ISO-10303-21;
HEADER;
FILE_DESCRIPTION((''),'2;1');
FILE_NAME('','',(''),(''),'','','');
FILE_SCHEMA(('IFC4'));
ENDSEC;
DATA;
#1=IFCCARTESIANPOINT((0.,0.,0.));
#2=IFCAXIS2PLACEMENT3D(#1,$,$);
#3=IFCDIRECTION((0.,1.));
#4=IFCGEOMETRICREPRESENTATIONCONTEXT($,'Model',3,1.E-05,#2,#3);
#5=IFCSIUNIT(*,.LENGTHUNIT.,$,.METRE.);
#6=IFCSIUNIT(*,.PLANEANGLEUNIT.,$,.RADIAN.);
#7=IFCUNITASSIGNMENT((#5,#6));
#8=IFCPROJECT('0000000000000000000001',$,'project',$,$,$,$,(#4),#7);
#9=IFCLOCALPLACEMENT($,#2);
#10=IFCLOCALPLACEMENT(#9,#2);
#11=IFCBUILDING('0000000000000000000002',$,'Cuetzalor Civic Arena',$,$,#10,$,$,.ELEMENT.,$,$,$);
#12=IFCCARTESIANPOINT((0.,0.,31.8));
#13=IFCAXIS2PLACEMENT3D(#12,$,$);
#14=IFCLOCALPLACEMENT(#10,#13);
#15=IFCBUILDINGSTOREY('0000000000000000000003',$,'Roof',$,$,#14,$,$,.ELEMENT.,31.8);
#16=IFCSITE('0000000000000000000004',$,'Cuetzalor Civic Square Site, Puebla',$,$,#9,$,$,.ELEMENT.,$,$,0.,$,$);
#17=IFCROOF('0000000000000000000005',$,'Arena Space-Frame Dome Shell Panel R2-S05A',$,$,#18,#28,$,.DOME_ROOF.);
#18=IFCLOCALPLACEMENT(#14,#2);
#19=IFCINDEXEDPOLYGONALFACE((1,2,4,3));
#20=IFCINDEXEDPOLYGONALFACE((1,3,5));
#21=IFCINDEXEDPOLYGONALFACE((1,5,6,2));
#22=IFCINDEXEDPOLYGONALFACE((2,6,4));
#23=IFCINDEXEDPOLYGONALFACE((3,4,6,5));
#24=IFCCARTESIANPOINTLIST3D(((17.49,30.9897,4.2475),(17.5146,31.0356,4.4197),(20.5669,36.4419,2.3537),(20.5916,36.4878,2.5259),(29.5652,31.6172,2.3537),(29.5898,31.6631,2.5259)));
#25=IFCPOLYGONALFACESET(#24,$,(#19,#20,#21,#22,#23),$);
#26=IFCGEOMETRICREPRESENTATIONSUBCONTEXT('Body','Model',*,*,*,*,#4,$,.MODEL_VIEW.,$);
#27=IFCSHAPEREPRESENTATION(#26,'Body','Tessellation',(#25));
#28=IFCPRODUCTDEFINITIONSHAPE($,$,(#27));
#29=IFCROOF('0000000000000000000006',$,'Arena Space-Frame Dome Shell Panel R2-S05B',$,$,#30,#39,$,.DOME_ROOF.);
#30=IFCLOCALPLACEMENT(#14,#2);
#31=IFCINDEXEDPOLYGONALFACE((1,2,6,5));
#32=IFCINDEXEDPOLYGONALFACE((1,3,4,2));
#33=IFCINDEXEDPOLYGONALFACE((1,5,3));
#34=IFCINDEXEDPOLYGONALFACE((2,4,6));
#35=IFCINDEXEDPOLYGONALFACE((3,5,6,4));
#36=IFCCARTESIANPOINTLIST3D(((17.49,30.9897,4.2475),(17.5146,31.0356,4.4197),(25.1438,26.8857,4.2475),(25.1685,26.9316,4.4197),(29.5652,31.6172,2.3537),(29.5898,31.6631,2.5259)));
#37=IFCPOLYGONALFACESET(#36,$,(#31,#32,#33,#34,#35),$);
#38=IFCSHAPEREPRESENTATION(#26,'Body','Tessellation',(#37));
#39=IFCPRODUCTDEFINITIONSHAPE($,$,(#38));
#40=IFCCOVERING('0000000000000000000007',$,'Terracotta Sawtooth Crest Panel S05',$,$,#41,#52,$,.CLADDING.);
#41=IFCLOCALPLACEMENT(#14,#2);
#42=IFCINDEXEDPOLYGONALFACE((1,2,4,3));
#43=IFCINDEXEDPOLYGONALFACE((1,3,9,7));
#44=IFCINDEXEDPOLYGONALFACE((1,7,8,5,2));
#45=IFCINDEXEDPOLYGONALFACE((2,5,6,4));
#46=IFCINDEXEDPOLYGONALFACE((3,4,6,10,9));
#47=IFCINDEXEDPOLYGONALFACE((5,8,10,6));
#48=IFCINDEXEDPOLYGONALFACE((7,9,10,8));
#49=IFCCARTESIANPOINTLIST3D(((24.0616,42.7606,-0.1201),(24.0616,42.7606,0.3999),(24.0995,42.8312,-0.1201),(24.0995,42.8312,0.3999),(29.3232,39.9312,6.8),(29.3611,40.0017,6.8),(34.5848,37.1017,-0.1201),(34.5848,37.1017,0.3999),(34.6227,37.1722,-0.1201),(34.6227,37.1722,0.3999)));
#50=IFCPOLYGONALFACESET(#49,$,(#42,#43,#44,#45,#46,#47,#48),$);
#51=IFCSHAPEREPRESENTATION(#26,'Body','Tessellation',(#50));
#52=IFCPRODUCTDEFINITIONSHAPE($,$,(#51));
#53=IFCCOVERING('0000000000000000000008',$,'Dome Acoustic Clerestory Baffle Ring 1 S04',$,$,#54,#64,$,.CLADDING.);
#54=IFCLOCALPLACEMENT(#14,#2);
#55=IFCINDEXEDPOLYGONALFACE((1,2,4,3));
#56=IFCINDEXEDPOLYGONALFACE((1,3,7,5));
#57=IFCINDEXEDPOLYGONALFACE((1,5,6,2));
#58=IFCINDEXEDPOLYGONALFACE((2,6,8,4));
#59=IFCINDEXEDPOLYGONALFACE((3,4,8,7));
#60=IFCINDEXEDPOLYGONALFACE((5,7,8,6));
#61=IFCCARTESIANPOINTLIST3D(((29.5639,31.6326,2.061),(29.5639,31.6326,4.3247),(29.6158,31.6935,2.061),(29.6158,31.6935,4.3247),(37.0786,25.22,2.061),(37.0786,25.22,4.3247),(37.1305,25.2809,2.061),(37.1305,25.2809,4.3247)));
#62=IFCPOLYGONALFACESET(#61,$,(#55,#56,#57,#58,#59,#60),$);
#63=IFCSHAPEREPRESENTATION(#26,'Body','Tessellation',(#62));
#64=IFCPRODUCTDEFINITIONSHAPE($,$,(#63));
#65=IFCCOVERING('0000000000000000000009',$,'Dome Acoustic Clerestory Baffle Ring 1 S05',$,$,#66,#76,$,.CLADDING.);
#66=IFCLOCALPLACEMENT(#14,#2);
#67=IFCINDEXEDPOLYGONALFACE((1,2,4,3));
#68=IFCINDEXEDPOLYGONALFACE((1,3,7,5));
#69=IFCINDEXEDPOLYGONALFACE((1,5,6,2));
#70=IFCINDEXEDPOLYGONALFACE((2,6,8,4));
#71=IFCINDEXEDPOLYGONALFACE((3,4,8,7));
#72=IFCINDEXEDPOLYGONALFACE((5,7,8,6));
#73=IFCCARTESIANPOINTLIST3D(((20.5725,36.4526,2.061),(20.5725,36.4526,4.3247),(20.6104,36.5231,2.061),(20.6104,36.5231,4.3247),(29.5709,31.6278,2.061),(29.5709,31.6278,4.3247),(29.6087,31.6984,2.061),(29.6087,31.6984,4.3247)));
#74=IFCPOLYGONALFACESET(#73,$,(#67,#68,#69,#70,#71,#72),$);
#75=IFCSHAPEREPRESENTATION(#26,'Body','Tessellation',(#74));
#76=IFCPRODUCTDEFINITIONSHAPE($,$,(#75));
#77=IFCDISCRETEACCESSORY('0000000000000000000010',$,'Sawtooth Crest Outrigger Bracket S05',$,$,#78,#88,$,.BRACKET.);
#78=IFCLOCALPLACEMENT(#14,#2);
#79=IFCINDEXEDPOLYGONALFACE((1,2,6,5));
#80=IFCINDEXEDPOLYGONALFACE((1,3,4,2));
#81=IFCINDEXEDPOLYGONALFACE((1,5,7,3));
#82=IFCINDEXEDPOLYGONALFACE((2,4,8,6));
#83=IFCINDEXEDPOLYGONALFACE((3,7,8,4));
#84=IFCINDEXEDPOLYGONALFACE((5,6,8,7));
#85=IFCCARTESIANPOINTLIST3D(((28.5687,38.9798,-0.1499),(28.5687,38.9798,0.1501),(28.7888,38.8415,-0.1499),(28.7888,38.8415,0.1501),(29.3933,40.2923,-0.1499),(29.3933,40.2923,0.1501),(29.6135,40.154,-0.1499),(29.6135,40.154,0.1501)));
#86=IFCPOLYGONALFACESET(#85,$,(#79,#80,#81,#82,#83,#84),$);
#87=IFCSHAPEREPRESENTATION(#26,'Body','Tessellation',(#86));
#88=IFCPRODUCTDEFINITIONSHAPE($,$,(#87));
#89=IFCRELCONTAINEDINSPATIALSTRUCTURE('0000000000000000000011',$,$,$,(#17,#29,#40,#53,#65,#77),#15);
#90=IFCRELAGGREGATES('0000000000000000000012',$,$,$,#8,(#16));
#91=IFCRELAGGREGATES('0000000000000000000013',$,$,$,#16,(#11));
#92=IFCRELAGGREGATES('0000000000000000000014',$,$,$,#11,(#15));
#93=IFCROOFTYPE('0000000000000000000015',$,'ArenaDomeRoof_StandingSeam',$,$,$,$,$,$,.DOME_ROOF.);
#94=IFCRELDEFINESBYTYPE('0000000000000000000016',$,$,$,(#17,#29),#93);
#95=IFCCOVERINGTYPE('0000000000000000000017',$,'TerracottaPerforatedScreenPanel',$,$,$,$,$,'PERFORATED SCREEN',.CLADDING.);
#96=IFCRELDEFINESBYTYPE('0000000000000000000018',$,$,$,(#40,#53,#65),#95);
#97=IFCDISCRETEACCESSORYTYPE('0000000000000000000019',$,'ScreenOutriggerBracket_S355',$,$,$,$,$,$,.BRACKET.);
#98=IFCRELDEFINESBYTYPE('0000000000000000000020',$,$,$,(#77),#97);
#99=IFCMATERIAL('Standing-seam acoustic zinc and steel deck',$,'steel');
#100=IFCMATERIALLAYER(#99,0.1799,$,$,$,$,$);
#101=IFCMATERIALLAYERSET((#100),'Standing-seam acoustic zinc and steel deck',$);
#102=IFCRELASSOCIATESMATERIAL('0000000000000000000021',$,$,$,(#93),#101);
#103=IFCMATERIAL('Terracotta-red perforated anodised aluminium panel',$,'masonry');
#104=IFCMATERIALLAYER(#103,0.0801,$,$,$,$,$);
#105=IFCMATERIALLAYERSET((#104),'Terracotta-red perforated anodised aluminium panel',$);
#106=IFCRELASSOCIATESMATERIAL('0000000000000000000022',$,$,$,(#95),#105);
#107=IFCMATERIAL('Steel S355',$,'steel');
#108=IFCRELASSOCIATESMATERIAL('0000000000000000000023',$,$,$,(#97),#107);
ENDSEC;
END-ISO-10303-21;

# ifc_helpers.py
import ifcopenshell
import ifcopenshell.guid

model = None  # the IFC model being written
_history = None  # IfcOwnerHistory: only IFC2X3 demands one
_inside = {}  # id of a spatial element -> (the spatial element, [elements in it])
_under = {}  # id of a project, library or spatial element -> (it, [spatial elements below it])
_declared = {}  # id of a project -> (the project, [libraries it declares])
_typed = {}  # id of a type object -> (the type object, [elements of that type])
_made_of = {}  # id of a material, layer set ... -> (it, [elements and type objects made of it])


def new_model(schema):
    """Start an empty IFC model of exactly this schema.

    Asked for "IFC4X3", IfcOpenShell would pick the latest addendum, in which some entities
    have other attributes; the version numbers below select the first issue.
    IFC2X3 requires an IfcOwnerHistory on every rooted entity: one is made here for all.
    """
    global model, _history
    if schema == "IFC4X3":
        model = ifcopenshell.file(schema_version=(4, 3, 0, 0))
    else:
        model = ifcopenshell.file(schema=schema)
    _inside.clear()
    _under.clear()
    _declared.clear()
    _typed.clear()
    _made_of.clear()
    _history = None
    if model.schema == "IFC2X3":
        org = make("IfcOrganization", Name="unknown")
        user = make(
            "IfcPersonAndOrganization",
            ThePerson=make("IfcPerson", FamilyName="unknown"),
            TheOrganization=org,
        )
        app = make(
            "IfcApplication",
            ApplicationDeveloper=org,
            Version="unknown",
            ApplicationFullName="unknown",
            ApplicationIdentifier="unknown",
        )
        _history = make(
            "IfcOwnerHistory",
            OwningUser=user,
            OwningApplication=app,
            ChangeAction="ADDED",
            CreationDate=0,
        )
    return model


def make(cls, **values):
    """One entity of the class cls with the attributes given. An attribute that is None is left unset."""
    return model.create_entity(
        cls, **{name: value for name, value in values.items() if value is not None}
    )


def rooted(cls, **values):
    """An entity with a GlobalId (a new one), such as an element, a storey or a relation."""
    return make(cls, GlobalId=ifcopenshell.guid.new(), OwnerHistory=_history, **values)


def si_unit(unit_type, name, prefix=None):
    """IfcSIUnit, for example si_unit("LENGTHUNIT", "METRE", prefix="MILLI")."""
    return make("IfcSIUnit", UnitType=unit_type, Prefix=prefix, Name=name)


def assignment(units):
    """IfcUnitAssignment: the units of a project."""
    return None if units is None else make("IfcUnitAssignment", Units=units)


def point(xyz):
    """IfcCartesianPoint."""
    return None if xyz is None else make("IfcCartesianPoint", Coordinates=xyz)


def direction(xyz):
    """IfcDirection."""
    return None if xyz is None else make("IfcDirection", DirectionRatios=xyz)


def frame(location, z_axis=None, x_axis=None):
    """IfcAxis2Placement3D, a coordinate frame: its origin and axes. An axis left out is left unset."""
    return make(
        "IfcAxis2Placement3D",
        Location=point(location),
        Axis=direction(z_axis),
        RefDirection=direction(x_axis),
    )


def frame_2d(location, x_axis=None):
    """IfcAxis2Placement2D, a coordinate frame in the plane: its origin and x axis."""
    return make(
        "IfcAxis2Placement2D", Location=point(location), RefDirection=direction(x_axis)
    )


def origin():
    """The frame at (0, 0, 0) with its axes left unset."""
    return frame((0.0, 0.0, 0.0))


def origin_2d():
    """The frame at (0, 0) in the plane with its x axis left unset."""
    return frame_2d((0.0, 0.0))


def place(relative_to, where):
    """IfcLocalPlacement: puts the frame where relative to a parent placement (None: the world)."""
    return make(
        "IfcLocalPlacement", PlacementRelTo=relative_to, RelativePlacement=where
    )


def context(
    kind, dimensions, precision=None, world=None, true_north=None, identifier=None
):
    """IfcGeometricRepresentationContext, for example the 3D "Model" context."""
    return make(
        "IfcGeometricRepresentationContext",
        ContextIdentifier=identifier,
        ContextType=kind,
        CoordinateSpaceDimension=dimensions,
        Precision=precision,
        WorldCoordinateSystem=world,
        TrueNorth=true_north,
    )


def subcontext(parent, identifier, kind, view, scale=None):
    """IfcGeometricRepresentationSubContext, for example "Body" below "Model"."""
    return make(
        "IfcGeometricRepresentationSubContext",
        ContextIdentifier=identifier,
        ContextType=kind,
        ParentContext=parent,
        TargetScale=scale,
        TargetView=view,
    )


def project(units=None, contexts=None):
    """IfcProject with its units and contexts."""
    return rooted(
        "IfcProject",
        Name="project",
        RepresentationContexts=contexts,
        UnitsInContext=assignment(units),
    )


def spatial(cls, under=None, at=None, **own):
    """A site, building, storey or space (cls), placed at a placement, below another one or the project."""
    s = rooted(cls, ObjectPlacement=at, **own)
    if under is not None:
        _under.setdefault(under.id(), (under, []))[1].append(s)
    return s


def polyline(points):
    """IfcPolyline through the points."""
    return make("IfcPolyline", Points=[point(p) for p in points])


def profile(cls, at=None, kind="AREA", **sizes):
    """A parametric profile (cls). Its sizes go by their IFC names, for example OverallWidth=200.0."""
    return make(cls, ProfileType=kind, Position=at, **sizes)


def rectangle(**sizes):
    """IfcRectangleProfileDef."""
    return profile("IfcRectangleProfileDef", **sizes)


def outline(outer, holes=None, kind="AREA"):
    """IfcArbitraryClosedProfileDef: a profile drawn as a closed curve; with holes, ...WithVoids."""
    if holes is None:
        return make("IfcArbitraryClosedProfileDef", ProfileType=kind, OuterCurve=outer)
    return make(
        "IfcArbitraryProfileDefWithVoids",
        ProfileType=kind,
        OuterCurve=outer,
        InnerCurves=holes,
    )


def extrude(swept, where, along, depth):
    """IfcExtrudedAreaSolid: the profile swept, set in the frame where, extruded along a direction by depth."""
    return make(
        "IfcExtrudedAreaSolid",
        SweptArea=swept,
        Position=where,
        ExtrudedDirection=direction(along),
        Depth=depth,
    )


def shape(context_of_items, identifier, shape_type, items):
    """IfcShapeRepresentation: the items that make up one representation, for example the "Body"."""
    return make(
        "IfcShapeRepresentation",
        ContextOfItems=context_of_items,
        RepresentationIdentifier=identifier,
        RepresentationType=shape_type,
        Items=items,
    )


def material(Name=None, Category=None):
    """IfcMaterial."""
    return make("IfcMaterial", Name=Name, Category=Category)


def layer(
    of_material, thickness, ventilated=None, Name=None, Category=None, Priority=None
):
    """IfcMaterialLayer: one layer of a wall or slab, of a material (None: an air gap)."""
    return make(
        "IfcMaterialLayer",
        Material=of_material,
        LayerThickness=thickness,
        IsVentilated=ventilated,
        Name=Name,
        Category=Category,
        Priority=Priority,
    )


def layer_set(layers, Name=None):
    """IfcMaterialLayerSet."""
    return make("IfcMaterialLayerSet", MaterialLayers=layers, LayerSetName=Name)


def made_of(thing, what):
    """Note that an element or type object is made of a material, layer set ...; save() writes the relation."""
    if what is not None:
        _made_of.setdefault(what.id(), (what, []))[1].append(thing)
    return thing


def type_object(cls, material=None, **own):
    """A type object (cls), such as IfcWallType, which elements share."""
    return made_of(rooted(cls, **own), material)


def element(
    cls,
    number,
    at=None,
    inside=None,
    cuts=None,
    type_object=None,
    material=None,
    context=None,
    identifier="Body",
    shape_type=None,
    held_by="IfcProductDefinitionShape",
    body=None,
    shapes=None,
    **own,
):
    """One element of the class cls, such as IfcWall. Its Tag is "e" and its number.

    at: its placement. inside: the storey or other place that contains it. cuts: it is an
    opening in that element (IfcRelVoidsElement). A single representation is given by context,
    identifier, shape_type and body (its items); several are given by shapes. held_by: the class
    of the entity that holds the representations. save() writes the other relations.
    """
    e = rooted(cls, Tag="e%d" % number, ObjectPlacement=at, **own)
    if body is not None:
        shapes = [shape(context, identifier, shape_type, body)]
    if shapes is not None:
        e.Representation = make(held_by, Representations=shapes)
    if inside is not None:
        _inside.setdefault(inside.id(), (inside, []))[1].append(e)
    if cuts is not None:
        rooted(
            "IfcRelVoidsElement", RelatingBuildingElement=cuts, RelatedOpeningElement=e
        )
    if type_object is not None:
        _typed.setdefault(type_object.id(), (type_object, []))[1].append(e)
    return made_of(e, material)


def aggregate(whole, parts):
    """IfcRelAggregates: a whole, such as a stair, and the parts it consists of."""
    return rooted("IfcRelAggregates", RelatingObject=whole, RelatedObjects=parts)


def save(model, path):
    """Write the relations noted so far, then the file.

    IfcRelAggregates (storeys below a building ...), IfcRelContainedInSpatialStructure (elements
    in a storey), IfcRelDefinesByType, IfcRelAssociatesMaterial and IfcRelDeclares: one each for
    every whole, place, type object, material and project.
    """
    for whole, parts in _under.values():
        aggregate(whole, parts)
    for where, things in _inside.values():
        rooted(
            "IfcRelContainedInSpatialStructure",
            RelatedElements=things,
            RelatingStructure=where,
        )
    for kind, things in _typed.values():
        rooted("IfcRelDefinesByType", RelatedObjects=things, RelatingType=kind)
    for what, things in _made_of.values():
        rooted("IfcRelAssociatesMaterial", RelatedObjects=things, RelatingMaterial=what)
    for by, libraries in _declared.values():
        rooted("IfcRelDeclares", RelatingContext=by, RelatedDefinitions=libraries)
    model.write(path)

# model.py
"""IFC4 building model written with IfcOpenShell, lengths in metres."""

from ifc_helpers import new_model, si_unit, direction, frame, frame_2d, origin, origin_2d, place, context, subcontext, project, spatial, polyline, rectangle, outline, extrude, material, layer, layer_set, type_object, element, save


model = new_model("IFC4")

# Units and contexts
model_context = context("Model", 3, precision=1e-05, world=origin(), true_north=direction((0.0, 1.0)))
body_context = subcontext(model_context, "Body", "Model", "MODEL_VIEW")
ifc_project = project(units=[si_unit("LENGTHUNIT", "METRE"), si_unit("PLANEANGLEUNIT", "RADIAN")], contexts=[model_context])

# Site, building, storey
site_placement = place(None, origin())
site = spatial("IfcSite", under=ifc_project, at=site_placement, Name="Cuetzalor Civic Square Site, Puebla", CompositionType="ELEMENT", RefElevation=0.0)
building_placement = place(site_placement, origin())
building = spatial("IfcBuilding", under=site, at=building_placement, Name="Cuetzalor Civic Arena", CompositionType="ELEMENT")
storey_placement = place(building_placement, frame((0.0, 0.0, 31.8)))
storey = spatial("IfcBuildingStorey", under=building, at=storey_placement, Name="Roof", CompositionType="ELEMENT", Elevation=31.8)

# Roofs
ifc_material_1 = material(Name="Standing-seam acoustic zinc and steel deck", Category="steel")
ifc_layer_1 = layer(ifc_material_1, 0.1799)
ifc_layer_set_1 = layer_set([ifc_layer_1], Name="Standing-seam acoustic zinc and steel deck")
roof_type = type_object("IfcRoofType", Name="ArenaDomeRoof_StandingSeam", PredefinedType="DOME_ROOF", material=ifc_layer_set_1)
roof_1_placement = place(storey_placement, frame((29.5898, 31.6631, 2.5259), z_axis=(0.136851, 0.255232, 0.957146), x_axis=(-0.881309, 0.472541, 0.0)))
element("IfcRoof", 1, at=roof_1_placement, inside=storey, type_object=roof_type, Name="Arena Space-Frame Dome Shell Panel R2-S05A", PredefinedType="DOME_ROOF", context=body_context, shape_type="SweptSolid", body=[
    extrude(outline(polyline([(0.0, 0.0), (10.2101, 0.0), (10.3455, 6.5392), (0.0, 0.0)])), origin(), (0.0, 0.0, -1.0), 0.1799),
])
roof_2_placement = place(storey_placement, frame((29.5898, 31.6631, 2.5259), z_axis=(0.136852, 0.255223, 0.957148), x_axis=(-0.986625, -0.051266, 0.154736)))
element("IfcRoof", 2, at=roof_2_placement, inside=storey, type_object=roof_type, Name="Arena Space-Frame Dome Shell Panel R2-S05B", PredefinedType="DOME_ROOF", context=body_context, shape_type="SweptSolid", body=[
    extrude(outline(polyline([(0.0, 0.0), (12.2389, 0.0), (4.8979, 4.6403), (0.0, 0.0)])), origin(), (0.0, 0.0, -1.0), 0.1799),
])

# Coverings
ifc_material_2 = material(Name="Terracotta-red perforated anodised aluminium panel", Category="masonry")
ifc_layer_2 = layer(ifc_material_2, 0.0801)
ifc_layer_set_2 = layer_set([ifc_layer_2], Name="Terracotta-red perforated anodised aluminium panel")
covering_type = type_object("IfcCoveringType", Name="TerracottaPerforatedScreenPanel", ElementType="PERFORATED SCREEN", PredefinedType="CLADDING", material=ifc_layer_set_2)
covering_1_placement = place(storey_placement, frame((24.0806, 42.7959, -0.1201), z_axis=(0.0, 0.0, 1.0), x_axis=(0.880729, -0.47362, 0.0)))
element("IfcCovering", 3, at=covering_1_placement, inside=storey, type_object=covering_type, Name="Terracotta Sawtooth Crest Panel S05", PredefinedType="CLADDING", context=body_context, shape_type="SweptSolid", body=[
    extrude(outline(polyline([(0.0, 0.0), (11.9482, 0.0), (11.9482, 0.52), (5.9741, 6.9202), (0.0, 0.52), (0.0, 0.0)])), frame((0.0, 0.04, 0.0), z_axis=(0.0, -1.0, 0.0), x_axis=(1.0, 0.0, 0.0)), (0.0, 0.0, 1.0), 0.0801),
])
covering_2_placement = place(storey_placement, frame((29.5898, 31.6631, 2.061), z_axis=(0.0, 0.0, 1.0), x_axis=(0.760682, -0.649125, 0.0)))
element("IfcCovering", 4, at=covering_2_placement, inside=storey, type_object=covering_type, Name="Dome Acoustic Clerestory Baffle Ring 1 S04", PredefinedType="CLADDING", context=body_context, shape_type="SweptSolid", body=[
    extrude(rectangle(XDim=9.8789, YDim=0.0801, at=frame_2d((4.9395, 0.0))), origin(), (0.0, 0.0, 1.0), 2.2637),
])
covering_3_placement = place(storey_placement, frame((20.5916, 36.4878, 2.061), z_axis=(0.0, 0.0, 1.0), x_axis=(0.881309, -0.472541, 0.0)))
element("IfcCovering", 5, at=covering_3_placement, inside=storey, type_object=covering_type, Name="Dome Acoustic Clerestory Baffle Ring 1 S05", PredefinedType="CLADDING", context=body_context, shape_type="SweptSolid", body=[
    extrude(rectangle(XDim=10.2102, YDim=0.0801, at=frame_2d((5.105, 0.0))), origin(), (0.0, 0.0, 1.0), 2.2637),
])

# Discrete accessory
ifc_material_3 = material(Name="Steel S355", Category="steel")
discrete_accessory_type = type_object("IfcDiscreteAccessoryType", Name="ScreenOutriggerBracket_S355", PredefinedType="BRACKET", material=ifc_material_3)
discrete_accessory_placement = place(storey_placement, frame((29.0911, 39.5669, -0.1499), z_axis=(0.0, 0.0, 1.0), x_axis=(0.53199, 0.846751, 0.0)))
element("IfcDiscreteAccessory", 6, at=discrete_accessory_placement, inside=storey, type_object=discrete_accessory_type, Name="Sawtooth Crest Outrigger Bracket S05", PredefinedType="BRACKET", context=body_context, shape_type="SweptSolid", body=[
    extrude(rectangle(XDim=1.55, YDim=0.26, at=origin_2d()), origin(), (0.0, 0.0, 1.0), 0.3),
])

save(model, "model.ifc")
